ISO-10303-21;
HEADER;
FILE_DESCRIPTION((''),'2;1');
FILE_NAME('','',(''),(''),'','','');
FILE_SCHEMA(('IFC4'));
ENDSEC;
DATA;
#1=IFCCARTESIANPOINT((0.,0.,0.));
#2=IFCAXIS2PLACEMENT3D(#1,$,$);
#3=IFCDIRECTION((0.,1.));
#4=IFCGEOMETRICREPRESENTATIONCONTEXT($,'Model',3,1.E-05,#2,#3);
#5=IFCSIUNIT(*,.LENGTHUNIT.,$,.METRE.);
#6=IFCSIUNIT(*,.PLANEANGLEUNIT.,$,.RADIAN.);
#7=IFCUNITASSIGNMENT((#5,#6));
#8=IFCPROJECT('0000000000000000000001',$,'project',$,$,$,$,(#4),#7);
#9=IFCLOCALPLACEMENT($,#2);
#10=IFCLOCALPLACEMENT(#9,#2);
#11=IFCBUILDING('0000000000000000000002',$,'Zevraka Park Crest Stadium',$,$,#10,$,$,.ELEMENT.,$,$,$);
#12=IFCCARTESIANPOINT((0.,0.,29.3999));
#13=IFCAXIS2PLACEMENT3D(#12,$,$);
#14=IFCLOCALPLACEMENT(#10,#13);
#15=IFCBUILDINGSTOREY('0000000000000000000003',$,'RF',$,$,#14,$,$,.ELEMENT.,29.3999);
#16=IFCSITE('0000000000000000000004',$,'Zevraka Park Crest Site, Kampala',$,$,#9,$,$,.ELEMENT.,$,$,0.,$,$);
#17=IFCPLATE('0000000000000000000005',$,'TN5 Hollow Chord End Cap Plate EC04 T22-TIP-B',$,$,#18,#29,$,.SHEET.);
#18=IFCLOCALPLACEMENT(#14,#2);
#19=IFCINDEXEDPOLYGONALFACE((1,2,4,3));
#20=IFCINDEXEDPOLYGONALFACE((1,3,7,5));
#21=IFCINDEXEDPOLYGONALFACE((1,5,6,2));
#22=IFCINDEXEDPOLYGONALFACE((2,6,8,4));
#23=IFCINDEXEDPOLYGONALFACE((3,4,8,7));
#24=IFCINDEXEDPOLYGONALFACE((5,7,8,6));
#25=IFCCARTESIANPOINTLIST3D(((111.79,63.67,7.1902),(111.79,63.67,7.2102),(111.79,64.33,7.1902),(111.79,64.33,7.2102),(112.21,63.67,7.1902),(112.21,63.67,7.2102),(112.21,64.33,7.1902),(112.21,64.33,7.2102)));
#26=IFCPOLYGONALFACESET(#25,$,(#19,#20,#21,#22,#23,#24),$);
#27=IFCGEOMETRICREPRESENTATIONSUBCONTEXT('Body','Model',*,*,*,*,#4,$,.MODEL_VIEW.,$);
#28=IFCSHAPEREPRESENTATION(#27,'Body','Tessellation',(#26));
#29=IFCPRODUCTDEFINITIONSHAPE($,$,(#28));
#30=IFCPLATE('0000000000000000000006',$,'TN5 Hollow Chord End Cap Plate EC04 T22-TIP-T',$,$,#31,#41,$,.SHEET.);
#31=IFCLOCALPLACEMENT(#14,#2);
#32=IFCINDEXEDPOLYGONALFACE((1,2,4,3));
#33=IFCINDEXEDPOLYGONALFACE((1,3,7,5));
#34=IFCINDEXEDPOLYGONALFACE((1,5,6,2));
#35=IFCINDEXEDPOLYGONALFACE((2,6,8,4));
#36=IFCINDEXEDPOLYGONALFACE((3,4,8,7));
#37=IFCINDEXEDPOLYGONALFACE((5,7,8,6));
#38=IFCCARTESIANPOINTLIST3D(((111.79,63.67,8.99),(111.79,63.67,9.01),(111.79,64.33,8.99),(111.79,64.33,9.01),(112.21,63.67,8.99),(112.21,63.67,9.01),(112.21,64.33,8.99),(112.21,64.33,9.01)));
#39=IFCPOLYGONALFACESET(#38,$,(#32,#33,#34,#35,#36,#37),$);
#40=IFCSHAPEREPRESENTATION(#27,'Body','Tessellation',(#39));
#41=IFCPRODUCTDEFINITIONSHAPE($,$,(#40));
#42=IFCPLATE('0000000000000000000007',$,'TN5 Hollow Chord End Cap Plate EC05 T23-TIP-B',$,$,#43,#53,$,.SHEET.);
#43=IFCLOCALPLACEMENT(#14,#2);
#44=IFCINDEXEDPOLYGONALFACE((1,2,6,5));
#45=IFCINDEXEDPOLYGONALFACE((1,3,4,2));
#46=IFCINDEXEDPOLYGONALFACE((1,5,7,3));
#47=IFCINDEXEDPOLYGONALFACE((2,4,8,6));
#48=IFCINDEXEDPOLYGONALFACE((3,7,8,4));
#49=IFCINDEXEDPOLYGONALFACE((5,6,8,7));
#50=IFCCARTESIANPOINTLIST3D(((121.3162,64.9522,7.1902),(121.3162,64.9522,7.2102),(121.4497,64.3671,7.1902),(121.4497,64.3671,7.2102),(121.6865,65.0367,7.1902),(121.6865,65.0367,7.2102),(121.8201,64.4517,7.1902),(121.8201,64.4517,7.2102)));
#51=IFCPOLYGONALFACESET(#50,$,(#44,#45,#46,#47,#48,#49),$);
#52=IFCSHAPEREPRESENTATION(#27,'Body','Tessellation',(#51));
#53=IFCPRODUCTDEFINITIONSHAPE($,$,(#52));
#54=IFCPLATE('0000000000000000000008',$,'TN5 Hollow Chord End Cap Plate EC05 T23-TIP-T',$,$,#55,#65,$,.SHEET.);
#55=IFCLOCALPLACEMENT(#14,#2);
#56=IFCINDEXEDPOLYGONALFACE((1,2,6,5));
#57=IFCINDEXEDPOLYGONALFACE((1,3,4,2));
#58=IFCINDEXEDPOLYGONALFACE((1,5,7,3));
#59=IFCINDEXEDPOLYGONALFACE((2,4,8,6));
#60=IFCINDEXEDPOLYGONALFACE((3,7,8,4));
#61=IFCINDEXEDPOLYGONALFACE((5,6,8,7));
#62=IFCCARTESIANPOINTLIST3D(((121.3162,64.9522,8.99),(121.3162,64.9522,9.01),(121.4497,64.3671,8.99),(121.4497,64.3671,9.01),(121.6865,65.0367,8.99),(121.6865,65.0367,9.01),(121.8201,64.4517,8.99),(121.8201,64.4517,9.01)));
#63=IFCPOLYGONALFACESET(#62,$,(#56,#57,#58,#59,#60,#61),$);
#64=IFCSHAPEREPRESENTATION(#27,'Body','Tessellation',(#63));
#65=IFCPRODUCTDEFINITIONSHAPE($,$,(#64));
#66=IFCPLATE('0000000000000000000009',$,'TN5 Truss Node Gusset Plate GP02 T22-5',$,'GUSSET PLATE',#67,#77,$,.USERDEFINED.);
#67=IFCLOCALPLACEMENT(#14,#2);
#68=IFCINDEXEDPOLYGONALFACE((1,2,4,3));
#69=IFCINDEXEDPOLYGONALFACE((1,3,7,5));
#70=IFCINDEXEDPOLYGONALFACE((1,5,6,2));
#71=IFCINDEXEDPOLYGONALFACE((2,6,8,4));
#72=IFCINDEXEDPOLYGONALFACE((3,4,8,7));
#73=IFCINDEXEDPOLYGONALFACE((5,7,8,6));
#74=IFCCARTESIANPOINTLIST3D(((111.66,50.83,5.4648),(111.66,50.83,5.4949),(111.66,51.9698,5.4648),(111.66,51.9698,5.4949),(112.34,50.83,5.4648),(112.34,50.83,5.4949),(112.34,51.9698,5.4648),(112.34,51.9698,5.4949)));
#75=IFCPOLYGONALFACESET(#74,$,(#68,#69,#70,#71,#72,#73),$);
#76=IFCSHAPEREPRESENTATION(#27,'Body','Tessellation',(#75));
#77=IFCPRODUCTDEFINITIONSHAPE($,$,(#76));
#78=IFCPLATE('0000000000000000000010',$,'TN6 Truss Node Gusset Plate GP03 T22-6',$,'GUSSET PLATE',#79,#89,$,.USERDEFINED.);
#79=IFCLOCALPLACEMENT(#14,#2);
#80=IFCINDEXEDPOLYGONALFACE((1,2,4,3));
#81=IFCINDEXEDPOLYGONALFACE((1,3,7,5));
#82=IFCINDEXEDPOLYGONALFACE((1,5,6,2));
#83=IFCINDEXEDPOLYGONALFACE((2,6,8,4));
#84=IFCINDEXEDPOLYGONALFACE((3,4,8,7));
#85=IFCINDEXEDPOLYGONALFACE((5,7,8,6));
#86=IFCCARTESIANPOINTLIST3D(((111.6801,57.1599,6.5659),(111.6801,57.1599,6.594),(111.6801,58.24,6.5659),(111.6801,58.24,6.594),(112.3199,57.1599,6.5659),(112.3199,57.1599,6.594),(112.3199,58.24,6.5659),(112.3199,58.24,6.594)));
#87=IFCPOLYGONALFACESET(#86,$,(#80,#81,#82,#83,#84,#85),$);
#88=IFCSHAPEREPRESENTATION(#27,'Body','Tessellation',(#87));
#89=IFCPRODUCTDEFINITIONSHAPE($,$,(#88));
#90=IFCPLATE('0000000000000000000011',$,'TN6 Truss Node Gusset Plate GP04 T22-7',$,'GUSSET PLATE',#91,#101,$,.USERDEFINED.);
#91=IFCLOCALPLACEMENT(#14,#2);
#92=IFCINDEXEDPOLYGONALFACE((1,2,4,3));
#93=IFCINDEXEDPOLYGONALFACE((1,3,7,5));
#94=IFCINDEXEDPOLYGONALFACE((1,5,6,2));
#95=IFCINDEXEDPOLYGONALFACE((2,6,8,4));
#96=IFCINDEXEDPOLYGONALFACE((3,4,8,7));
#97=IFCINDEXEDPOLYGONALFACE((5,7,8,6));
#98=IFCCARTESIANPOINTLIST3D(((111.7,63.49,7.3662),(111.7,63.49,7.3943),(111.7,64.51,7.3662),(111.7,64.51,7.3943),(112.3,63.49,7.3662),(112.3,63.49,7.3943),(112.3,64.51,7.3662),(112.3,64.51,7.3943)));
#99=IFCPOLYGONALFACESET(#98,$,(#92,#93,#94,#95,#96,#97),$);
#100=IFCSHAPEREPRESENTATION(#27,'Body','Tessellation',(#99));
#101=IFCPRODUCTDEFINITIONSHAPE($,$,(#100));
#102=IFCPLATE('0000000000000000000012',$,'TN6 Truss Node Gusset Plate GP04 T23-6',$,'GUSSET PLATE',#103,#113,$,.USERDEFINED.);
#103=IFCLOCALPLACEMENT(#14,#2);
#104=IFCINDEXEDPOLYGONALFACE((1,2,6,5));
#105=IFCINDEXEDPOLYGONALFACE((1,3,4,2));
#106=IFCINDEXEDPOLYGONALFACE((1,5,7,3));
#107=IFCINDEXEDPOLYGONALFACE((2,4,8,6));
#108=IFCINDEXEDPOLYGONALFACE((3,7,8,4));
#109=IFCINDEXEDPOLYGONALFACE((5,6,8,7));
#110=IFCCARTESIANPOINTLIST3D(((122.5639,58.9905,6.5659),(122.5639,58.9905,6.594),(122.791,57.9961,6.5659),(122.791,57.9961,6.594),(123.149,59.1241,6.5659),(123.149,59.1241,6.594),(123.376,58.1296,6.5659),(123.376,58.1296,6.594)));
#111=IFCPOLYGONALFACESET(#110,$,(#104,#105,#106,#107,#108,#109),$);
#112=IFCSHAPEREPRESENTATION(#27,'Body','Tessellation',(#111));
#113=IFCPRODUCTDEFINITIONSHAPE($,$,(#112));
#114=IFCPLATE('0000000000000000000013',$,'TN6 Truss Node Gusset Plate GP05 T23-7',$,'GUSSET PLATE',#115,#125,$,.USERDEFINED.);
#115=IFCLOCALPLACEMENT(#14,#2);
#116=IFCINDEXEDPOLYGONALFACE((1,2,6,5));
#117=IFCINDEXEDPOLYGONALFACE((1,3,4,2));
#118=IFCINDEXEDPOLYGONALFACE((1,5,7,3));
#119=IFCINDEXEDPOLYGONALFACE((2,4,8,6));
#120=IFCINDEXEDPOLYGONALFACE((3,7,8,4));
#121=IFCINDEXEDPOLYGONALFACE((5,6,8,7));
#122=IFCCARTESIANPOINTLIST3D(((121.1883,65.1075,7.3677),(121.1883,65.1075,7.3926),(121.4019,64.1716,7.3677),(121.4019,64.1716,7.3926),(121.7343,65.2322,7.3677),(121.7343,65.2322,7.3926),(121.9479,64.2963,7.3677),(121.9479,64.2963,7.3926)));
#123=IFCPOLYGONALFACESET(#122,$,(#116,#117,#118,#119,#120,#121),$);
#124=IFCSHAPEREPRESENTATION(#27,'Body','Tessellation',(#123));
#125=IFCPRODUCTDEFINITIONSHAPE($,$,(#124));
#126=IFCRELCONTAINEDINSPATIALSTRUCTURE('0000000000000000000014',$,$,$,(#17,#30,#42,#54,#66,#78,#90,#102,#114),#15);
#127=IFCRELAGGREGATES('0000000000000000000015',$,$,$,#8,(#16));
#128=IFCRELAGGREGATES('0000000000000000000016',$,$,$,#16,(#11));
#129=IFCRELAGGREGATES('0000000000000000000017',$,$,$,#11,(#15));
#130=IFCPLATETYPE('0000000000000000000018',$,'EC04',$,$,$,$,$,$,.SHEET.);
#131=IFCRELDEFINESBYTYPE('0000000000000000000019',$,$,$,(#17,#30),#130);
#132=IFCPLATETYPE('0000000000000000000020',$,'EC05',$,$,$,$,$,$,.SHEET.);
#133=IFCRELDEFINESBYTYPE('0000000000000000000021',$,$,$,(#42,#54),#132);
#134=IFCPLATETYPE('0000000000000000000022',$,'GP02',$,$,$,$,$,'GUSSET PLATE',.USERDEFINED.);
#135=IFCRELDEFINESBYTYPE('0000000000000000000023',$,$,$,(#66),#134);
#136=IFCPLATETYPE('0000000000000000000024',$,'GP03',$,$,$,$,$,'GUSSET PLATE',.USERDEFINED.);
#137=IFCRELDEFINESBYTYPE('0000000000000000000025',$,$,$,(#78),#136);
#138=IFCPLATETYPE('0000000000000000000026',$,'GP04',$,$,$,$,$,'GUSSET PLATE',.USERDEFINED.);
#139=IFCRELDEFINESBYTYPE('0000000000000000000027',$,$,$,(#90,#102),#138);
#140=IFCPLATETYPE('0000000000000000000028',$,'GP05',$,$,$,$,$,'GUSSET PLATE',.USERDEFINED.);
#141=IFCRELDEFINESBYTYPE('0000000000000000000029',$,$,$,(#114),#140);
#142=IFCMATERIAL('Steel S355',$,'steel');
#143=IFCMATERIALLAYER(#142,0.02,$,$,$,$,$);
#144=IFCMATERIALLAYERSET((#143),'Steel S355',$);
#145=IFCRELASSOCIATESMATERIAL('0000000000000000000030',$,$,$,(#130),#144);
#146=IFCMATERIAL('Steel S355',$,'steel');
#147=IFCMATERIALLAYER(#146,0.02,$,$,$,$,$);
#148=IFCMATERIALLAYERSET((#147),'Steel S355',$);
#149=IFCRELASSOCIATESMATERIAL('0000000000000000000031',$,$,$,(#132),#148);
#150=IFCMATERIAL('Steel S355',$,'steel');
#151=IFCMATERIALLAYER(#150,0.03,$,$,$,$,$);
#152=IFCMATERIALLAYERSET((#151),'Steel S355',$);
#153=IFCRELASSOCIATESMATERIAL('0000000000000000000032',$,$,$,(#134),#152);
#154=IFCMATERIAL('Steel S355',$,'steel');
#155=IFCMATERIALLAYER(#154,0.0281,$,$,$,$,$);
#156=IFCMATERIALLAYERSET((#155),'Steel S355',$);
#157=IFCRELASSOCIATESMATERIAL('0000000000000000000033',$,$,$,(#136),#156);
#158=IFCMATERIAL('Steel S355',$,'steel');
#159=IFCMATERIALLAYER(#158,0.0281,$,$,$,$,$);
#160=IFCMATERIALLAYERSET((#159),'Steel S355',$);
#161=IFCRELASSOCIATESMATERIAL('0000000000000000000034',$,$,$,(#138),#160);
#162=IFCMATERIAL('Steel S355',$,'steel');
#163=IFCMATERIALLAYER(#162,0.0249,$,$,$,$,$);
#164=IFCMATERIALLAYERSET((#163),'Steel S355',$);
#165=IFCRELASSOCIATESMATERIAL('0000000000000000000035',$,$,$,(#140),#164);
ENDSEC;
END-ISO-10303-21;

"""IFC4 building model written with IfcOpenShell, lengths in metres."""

from ifc_helpers import new_model, si_unit, direction, frame, origin, origin_2d, place, context, subcontext, project, spatial, rectangle, extrude, material, layer, layer_set, type_object, element, save


model = new_model("IFC4")

# Units and contexts
model_context = context("Model", 3, precision=1e-05, world=origin(), true_north=direction((0.0, 1.0)))
body_context = subcontext(model_context, "Body", "Model", "MODEL_VIEW")
ifc_project = project(units=[si_unit("LENGTHUNIT", "METRE"), si_unit("PLANEANGLEUNIT", "RADIAN")], contexts=[model_context])

# Site, building, storey
site_placement = place(None, origin())
site = spatial("IfcSite", under=ifc_project, at=site_placement, Name="Zevraka Park Crest Site, Kampala", CompositionType="ELEMENT", RefElevation=0.0)
building_placement = place(site_placement, origin())
building = spatial("IfcBuilding", under=site, at=building_placement, Name="Zevraka Park Crest Stadium", CompositionType="ELEMENT")
storey_placement = place(building_placement, frame((0.0, 0.0, 29.3999)))
storey = spatial("IfcBuildingStorey", under=building, at=storey_placement, Name="RF", CompositionType="ELEMENT", Elevation=29.3999)

# Plates
ifc_material_1 = material(Name="Steel S355", Category="steel")
ifc_layer_1 = layer(ifc_material_1, 0.02)
ifc_layer_set_1 = layer_set([ifc_layer_1], Name="Steel S355")
plate_type_1 = type_object("IfcPlateType", Name="EC04", PredefinedType="SHEET", material=ifc_layer_set_1)
for number, where, z_axis, x_axis, name in (
    (1, (112.0, 64.0, 7.1902), (0.0, 0.0, 1.0), (0.0, 1.0, 0.0), "TN5 Hollow Chord End Cap Plate EC04 T22-TIP-B"),
    (2, (112.0, 64.0, 8.99), (0.0, 0.0, 1.0), (0.0, 1.0, 0.0), "TN5 Hollow Chord End Cap Plate EC04 T22-TIP-T"),
):
    element("IfcPlate", number, at=place(storey_placement, frame(where, z_axis=z_axis, x_axis=x_axis)), inside=storey, type_object=plate_type_1, Name=name, PredefinedType="SHEET", context=body_context, shape_type="SweptSolid", body=[
        extrude(rectangle(XDim=0.6599, YDim=0.4199, at=origin_2d()), origin(), (0.0, 0.0, 1.0), 0.02),
    ])
ifc_material_2 = material(Name="Steel S355", Category="steel")
ifc_layer_2 = layer(ifc_material_2, 0.02)
ifc_layer_set_2 = layer_set([ifc_layer_2], Name="Steel S355")
plate_type_2 = type_object("IfcPlateType", Name="EC05", PredefinedType="SHEET", material=ifc_layer_set_2)
for number, where, z_axis, x_axis, name in (
    (3, (121.5681, 64.7019, 7.1902), (0.0, 0.0, 1.0), (-0.22257, 0.974917, 0.0), "TN5 Hollow Chord End Cap Plate EC05 T23-TIP-B"),
    (4, (121.5681, 64.7019, 8.99), (0.0, 0.0, 1.0), (-0.22257, 0.974917, 0.0), "TN5 Hollow Chord End Cap Plate EC05 T23-TIP-T"),
):
    element("IfcPlate", number, at=place(storey_placement, frame(where, z_axis=z_axis, x_axis=x_axis)), inside=storey, type_object=plate_type_2, Name=name, PredefinedType="SHEET", context=body_context, shape_type="SweptSolid", body=[
        extrude(rectangle(XDim=0.6001, YDim=0.3799, at=origin_2d()), origin(), (0.0, 0.0, 1.0), 0.02),
    ])
ifc_material_3 = material(Name="Steel S355", Category="steel")
ifc_layer_3 = layer(ifc_material_3, 0.03)
ifc_layer_set_3 = layer_set([ifc_layer_3], Name="Steel S355")
plate_type_3 = type_object("IfcPlateType", Name="GP02", ElementType="GUSSET PLATE", PredefinedType="USERDEFINED", material=ifc_layer_set_3)
plate_1_placement = place(storey_placement, frame((112.0, 51.3999, 5.4648), z_axis=(0.0, 0.0, 1.0), x_axis=(0.0, 1.0, 0.0)))
element("IfcPlate", 5, at=plate_1_placement, inside=storey, type_object=plate_type_3, Name="TN5 Truss Node Gusset Plate GP02 T22-5", ObjectType="GUSSET PLATE", PredefinedType="USERDEFINED", context=body_context, shape_type="SweptSolid", body=[
    extrude(rectangle(XDim=1.1399, YDim=0.6799, at=origin_2d()), origin(), (0.0, 0.0, 1.0), 0.03),
])
ifc_material_4 = material(Name="Steel S355", Category="steel")
ifc_layer_4 = layer(ifc_material_4, 0.0281)
ifc_layer_set_4 = layer_set([ifc_layer_4], Name="Steel S355")
plate_type_4 = type_object("IfcPlateType", Name="GP03", ElementType="GUSSET PLATE", PredefinedType="USERDEFINED", material=ifc_layer_set_4)
plate_2_placement = place(storey_placement, frame((112.0, 57.7, 6.5659), z_axis=(0.0, 0.0, 1.0), x_axis=(0.0, 1.0, 0.0)))
element("IfcPlate", 6, at=plate_2_placement, inside=storey, type_object=plate_type_4, Name="TN6 Truss Node Gusset Plate GP03 T22-6", ObjectType="GUSSET PLATE", PredefinedType="USERDEFINED", context=body_context, shape_type="SweptSolid", body=[
    extrude(rectangle(XDim=1.0801, YDim=0.6399, at=origin_2d()), origin(), (0.0, 0.0, 1.0), 0.0281),
])
ifc_material_5 = material(Name="Steel S355", Category="steel")
ifc_layer_5 = layer(ifc_material_5, 0.0281)
ifc_layer_set_5 = layer_set([ifc_layer_5], Name="Steel S355")
plate_type_5 = type_object("IfcPlateType", Name="GP04", ElementType="GUSSET PLATE", PredefinedType="USERDEFINED", material=ifc_layer_set_5)
for number, where, z_axis, x_axis, name in (
    (7, (112.0, 64.0, 7.3662), (0.0, 0.0, 1.0), (0.0, 1.0, 0.0), "TN6 Truss Node Gusset Plate GP04 T22-7"),
    (8, (122.97, 58.5601, 6.5659), (0.0, 0.0, 1.0), (-0.22257, 0.974917, 0.0), "TN6 Truss Node Gusset Plate GP04 T23-6"),
):
    element("IfcPlate", number, at=place(storey_placement, frame(where, z_axis=z_axis, x_axis=x_axis)), inside=storey, type_object=plate_type_5, Name=name, ObjectType="GUSSET PLATE", PredefinedType="USERDEFINED", context=body_context, shape_type="SweptSolid", body=[
        extrude(rectangle(XDim=1.02, YDim=0.6001, at=origin_2d()), origin(), (0.0, 0.0, 1.0), 0.0281),
    ])
ifc_material_6 = material(Name="Steel S355", Category="steel")
ifc_layer_6 = layer(ifc_material_6, 0.0249)
ifc_layer_set_6 = layer_set([ifc_layer_6], Name="Steel S355")
plate_type_6 = type_object("IfcPlateType", Name="GP05", ElementType="GUSSET PLATE", PredefinedType="USERDEFINED", material=ifc_layer_set_6)
plate_3_placement = place(storey_placement, frame((121.5681, 64.7019, 7.3677), z_axis=(0.0, 0.0, 1.0), x_axis=(-0.22257, 0.974917, 0.0)))
element("IfcPlate", 9, at=plate_3_placement, inside=storey, type_object=plate_type_6, Name="TN6 Truss Node Gusset Plate GP05 T23-7", ObjectType="GUSSET PLATE", PredefinedType="USERDEFINED", context=body_context, shape_type="SweptSolid", body=[
    extrude(rectangle(XDim=0.96, YDim=0.5601, at=origin_2d()), origin(), (0.0, 0.0, 1.0), 0.0249),
])

save(model, "model.ifc")
